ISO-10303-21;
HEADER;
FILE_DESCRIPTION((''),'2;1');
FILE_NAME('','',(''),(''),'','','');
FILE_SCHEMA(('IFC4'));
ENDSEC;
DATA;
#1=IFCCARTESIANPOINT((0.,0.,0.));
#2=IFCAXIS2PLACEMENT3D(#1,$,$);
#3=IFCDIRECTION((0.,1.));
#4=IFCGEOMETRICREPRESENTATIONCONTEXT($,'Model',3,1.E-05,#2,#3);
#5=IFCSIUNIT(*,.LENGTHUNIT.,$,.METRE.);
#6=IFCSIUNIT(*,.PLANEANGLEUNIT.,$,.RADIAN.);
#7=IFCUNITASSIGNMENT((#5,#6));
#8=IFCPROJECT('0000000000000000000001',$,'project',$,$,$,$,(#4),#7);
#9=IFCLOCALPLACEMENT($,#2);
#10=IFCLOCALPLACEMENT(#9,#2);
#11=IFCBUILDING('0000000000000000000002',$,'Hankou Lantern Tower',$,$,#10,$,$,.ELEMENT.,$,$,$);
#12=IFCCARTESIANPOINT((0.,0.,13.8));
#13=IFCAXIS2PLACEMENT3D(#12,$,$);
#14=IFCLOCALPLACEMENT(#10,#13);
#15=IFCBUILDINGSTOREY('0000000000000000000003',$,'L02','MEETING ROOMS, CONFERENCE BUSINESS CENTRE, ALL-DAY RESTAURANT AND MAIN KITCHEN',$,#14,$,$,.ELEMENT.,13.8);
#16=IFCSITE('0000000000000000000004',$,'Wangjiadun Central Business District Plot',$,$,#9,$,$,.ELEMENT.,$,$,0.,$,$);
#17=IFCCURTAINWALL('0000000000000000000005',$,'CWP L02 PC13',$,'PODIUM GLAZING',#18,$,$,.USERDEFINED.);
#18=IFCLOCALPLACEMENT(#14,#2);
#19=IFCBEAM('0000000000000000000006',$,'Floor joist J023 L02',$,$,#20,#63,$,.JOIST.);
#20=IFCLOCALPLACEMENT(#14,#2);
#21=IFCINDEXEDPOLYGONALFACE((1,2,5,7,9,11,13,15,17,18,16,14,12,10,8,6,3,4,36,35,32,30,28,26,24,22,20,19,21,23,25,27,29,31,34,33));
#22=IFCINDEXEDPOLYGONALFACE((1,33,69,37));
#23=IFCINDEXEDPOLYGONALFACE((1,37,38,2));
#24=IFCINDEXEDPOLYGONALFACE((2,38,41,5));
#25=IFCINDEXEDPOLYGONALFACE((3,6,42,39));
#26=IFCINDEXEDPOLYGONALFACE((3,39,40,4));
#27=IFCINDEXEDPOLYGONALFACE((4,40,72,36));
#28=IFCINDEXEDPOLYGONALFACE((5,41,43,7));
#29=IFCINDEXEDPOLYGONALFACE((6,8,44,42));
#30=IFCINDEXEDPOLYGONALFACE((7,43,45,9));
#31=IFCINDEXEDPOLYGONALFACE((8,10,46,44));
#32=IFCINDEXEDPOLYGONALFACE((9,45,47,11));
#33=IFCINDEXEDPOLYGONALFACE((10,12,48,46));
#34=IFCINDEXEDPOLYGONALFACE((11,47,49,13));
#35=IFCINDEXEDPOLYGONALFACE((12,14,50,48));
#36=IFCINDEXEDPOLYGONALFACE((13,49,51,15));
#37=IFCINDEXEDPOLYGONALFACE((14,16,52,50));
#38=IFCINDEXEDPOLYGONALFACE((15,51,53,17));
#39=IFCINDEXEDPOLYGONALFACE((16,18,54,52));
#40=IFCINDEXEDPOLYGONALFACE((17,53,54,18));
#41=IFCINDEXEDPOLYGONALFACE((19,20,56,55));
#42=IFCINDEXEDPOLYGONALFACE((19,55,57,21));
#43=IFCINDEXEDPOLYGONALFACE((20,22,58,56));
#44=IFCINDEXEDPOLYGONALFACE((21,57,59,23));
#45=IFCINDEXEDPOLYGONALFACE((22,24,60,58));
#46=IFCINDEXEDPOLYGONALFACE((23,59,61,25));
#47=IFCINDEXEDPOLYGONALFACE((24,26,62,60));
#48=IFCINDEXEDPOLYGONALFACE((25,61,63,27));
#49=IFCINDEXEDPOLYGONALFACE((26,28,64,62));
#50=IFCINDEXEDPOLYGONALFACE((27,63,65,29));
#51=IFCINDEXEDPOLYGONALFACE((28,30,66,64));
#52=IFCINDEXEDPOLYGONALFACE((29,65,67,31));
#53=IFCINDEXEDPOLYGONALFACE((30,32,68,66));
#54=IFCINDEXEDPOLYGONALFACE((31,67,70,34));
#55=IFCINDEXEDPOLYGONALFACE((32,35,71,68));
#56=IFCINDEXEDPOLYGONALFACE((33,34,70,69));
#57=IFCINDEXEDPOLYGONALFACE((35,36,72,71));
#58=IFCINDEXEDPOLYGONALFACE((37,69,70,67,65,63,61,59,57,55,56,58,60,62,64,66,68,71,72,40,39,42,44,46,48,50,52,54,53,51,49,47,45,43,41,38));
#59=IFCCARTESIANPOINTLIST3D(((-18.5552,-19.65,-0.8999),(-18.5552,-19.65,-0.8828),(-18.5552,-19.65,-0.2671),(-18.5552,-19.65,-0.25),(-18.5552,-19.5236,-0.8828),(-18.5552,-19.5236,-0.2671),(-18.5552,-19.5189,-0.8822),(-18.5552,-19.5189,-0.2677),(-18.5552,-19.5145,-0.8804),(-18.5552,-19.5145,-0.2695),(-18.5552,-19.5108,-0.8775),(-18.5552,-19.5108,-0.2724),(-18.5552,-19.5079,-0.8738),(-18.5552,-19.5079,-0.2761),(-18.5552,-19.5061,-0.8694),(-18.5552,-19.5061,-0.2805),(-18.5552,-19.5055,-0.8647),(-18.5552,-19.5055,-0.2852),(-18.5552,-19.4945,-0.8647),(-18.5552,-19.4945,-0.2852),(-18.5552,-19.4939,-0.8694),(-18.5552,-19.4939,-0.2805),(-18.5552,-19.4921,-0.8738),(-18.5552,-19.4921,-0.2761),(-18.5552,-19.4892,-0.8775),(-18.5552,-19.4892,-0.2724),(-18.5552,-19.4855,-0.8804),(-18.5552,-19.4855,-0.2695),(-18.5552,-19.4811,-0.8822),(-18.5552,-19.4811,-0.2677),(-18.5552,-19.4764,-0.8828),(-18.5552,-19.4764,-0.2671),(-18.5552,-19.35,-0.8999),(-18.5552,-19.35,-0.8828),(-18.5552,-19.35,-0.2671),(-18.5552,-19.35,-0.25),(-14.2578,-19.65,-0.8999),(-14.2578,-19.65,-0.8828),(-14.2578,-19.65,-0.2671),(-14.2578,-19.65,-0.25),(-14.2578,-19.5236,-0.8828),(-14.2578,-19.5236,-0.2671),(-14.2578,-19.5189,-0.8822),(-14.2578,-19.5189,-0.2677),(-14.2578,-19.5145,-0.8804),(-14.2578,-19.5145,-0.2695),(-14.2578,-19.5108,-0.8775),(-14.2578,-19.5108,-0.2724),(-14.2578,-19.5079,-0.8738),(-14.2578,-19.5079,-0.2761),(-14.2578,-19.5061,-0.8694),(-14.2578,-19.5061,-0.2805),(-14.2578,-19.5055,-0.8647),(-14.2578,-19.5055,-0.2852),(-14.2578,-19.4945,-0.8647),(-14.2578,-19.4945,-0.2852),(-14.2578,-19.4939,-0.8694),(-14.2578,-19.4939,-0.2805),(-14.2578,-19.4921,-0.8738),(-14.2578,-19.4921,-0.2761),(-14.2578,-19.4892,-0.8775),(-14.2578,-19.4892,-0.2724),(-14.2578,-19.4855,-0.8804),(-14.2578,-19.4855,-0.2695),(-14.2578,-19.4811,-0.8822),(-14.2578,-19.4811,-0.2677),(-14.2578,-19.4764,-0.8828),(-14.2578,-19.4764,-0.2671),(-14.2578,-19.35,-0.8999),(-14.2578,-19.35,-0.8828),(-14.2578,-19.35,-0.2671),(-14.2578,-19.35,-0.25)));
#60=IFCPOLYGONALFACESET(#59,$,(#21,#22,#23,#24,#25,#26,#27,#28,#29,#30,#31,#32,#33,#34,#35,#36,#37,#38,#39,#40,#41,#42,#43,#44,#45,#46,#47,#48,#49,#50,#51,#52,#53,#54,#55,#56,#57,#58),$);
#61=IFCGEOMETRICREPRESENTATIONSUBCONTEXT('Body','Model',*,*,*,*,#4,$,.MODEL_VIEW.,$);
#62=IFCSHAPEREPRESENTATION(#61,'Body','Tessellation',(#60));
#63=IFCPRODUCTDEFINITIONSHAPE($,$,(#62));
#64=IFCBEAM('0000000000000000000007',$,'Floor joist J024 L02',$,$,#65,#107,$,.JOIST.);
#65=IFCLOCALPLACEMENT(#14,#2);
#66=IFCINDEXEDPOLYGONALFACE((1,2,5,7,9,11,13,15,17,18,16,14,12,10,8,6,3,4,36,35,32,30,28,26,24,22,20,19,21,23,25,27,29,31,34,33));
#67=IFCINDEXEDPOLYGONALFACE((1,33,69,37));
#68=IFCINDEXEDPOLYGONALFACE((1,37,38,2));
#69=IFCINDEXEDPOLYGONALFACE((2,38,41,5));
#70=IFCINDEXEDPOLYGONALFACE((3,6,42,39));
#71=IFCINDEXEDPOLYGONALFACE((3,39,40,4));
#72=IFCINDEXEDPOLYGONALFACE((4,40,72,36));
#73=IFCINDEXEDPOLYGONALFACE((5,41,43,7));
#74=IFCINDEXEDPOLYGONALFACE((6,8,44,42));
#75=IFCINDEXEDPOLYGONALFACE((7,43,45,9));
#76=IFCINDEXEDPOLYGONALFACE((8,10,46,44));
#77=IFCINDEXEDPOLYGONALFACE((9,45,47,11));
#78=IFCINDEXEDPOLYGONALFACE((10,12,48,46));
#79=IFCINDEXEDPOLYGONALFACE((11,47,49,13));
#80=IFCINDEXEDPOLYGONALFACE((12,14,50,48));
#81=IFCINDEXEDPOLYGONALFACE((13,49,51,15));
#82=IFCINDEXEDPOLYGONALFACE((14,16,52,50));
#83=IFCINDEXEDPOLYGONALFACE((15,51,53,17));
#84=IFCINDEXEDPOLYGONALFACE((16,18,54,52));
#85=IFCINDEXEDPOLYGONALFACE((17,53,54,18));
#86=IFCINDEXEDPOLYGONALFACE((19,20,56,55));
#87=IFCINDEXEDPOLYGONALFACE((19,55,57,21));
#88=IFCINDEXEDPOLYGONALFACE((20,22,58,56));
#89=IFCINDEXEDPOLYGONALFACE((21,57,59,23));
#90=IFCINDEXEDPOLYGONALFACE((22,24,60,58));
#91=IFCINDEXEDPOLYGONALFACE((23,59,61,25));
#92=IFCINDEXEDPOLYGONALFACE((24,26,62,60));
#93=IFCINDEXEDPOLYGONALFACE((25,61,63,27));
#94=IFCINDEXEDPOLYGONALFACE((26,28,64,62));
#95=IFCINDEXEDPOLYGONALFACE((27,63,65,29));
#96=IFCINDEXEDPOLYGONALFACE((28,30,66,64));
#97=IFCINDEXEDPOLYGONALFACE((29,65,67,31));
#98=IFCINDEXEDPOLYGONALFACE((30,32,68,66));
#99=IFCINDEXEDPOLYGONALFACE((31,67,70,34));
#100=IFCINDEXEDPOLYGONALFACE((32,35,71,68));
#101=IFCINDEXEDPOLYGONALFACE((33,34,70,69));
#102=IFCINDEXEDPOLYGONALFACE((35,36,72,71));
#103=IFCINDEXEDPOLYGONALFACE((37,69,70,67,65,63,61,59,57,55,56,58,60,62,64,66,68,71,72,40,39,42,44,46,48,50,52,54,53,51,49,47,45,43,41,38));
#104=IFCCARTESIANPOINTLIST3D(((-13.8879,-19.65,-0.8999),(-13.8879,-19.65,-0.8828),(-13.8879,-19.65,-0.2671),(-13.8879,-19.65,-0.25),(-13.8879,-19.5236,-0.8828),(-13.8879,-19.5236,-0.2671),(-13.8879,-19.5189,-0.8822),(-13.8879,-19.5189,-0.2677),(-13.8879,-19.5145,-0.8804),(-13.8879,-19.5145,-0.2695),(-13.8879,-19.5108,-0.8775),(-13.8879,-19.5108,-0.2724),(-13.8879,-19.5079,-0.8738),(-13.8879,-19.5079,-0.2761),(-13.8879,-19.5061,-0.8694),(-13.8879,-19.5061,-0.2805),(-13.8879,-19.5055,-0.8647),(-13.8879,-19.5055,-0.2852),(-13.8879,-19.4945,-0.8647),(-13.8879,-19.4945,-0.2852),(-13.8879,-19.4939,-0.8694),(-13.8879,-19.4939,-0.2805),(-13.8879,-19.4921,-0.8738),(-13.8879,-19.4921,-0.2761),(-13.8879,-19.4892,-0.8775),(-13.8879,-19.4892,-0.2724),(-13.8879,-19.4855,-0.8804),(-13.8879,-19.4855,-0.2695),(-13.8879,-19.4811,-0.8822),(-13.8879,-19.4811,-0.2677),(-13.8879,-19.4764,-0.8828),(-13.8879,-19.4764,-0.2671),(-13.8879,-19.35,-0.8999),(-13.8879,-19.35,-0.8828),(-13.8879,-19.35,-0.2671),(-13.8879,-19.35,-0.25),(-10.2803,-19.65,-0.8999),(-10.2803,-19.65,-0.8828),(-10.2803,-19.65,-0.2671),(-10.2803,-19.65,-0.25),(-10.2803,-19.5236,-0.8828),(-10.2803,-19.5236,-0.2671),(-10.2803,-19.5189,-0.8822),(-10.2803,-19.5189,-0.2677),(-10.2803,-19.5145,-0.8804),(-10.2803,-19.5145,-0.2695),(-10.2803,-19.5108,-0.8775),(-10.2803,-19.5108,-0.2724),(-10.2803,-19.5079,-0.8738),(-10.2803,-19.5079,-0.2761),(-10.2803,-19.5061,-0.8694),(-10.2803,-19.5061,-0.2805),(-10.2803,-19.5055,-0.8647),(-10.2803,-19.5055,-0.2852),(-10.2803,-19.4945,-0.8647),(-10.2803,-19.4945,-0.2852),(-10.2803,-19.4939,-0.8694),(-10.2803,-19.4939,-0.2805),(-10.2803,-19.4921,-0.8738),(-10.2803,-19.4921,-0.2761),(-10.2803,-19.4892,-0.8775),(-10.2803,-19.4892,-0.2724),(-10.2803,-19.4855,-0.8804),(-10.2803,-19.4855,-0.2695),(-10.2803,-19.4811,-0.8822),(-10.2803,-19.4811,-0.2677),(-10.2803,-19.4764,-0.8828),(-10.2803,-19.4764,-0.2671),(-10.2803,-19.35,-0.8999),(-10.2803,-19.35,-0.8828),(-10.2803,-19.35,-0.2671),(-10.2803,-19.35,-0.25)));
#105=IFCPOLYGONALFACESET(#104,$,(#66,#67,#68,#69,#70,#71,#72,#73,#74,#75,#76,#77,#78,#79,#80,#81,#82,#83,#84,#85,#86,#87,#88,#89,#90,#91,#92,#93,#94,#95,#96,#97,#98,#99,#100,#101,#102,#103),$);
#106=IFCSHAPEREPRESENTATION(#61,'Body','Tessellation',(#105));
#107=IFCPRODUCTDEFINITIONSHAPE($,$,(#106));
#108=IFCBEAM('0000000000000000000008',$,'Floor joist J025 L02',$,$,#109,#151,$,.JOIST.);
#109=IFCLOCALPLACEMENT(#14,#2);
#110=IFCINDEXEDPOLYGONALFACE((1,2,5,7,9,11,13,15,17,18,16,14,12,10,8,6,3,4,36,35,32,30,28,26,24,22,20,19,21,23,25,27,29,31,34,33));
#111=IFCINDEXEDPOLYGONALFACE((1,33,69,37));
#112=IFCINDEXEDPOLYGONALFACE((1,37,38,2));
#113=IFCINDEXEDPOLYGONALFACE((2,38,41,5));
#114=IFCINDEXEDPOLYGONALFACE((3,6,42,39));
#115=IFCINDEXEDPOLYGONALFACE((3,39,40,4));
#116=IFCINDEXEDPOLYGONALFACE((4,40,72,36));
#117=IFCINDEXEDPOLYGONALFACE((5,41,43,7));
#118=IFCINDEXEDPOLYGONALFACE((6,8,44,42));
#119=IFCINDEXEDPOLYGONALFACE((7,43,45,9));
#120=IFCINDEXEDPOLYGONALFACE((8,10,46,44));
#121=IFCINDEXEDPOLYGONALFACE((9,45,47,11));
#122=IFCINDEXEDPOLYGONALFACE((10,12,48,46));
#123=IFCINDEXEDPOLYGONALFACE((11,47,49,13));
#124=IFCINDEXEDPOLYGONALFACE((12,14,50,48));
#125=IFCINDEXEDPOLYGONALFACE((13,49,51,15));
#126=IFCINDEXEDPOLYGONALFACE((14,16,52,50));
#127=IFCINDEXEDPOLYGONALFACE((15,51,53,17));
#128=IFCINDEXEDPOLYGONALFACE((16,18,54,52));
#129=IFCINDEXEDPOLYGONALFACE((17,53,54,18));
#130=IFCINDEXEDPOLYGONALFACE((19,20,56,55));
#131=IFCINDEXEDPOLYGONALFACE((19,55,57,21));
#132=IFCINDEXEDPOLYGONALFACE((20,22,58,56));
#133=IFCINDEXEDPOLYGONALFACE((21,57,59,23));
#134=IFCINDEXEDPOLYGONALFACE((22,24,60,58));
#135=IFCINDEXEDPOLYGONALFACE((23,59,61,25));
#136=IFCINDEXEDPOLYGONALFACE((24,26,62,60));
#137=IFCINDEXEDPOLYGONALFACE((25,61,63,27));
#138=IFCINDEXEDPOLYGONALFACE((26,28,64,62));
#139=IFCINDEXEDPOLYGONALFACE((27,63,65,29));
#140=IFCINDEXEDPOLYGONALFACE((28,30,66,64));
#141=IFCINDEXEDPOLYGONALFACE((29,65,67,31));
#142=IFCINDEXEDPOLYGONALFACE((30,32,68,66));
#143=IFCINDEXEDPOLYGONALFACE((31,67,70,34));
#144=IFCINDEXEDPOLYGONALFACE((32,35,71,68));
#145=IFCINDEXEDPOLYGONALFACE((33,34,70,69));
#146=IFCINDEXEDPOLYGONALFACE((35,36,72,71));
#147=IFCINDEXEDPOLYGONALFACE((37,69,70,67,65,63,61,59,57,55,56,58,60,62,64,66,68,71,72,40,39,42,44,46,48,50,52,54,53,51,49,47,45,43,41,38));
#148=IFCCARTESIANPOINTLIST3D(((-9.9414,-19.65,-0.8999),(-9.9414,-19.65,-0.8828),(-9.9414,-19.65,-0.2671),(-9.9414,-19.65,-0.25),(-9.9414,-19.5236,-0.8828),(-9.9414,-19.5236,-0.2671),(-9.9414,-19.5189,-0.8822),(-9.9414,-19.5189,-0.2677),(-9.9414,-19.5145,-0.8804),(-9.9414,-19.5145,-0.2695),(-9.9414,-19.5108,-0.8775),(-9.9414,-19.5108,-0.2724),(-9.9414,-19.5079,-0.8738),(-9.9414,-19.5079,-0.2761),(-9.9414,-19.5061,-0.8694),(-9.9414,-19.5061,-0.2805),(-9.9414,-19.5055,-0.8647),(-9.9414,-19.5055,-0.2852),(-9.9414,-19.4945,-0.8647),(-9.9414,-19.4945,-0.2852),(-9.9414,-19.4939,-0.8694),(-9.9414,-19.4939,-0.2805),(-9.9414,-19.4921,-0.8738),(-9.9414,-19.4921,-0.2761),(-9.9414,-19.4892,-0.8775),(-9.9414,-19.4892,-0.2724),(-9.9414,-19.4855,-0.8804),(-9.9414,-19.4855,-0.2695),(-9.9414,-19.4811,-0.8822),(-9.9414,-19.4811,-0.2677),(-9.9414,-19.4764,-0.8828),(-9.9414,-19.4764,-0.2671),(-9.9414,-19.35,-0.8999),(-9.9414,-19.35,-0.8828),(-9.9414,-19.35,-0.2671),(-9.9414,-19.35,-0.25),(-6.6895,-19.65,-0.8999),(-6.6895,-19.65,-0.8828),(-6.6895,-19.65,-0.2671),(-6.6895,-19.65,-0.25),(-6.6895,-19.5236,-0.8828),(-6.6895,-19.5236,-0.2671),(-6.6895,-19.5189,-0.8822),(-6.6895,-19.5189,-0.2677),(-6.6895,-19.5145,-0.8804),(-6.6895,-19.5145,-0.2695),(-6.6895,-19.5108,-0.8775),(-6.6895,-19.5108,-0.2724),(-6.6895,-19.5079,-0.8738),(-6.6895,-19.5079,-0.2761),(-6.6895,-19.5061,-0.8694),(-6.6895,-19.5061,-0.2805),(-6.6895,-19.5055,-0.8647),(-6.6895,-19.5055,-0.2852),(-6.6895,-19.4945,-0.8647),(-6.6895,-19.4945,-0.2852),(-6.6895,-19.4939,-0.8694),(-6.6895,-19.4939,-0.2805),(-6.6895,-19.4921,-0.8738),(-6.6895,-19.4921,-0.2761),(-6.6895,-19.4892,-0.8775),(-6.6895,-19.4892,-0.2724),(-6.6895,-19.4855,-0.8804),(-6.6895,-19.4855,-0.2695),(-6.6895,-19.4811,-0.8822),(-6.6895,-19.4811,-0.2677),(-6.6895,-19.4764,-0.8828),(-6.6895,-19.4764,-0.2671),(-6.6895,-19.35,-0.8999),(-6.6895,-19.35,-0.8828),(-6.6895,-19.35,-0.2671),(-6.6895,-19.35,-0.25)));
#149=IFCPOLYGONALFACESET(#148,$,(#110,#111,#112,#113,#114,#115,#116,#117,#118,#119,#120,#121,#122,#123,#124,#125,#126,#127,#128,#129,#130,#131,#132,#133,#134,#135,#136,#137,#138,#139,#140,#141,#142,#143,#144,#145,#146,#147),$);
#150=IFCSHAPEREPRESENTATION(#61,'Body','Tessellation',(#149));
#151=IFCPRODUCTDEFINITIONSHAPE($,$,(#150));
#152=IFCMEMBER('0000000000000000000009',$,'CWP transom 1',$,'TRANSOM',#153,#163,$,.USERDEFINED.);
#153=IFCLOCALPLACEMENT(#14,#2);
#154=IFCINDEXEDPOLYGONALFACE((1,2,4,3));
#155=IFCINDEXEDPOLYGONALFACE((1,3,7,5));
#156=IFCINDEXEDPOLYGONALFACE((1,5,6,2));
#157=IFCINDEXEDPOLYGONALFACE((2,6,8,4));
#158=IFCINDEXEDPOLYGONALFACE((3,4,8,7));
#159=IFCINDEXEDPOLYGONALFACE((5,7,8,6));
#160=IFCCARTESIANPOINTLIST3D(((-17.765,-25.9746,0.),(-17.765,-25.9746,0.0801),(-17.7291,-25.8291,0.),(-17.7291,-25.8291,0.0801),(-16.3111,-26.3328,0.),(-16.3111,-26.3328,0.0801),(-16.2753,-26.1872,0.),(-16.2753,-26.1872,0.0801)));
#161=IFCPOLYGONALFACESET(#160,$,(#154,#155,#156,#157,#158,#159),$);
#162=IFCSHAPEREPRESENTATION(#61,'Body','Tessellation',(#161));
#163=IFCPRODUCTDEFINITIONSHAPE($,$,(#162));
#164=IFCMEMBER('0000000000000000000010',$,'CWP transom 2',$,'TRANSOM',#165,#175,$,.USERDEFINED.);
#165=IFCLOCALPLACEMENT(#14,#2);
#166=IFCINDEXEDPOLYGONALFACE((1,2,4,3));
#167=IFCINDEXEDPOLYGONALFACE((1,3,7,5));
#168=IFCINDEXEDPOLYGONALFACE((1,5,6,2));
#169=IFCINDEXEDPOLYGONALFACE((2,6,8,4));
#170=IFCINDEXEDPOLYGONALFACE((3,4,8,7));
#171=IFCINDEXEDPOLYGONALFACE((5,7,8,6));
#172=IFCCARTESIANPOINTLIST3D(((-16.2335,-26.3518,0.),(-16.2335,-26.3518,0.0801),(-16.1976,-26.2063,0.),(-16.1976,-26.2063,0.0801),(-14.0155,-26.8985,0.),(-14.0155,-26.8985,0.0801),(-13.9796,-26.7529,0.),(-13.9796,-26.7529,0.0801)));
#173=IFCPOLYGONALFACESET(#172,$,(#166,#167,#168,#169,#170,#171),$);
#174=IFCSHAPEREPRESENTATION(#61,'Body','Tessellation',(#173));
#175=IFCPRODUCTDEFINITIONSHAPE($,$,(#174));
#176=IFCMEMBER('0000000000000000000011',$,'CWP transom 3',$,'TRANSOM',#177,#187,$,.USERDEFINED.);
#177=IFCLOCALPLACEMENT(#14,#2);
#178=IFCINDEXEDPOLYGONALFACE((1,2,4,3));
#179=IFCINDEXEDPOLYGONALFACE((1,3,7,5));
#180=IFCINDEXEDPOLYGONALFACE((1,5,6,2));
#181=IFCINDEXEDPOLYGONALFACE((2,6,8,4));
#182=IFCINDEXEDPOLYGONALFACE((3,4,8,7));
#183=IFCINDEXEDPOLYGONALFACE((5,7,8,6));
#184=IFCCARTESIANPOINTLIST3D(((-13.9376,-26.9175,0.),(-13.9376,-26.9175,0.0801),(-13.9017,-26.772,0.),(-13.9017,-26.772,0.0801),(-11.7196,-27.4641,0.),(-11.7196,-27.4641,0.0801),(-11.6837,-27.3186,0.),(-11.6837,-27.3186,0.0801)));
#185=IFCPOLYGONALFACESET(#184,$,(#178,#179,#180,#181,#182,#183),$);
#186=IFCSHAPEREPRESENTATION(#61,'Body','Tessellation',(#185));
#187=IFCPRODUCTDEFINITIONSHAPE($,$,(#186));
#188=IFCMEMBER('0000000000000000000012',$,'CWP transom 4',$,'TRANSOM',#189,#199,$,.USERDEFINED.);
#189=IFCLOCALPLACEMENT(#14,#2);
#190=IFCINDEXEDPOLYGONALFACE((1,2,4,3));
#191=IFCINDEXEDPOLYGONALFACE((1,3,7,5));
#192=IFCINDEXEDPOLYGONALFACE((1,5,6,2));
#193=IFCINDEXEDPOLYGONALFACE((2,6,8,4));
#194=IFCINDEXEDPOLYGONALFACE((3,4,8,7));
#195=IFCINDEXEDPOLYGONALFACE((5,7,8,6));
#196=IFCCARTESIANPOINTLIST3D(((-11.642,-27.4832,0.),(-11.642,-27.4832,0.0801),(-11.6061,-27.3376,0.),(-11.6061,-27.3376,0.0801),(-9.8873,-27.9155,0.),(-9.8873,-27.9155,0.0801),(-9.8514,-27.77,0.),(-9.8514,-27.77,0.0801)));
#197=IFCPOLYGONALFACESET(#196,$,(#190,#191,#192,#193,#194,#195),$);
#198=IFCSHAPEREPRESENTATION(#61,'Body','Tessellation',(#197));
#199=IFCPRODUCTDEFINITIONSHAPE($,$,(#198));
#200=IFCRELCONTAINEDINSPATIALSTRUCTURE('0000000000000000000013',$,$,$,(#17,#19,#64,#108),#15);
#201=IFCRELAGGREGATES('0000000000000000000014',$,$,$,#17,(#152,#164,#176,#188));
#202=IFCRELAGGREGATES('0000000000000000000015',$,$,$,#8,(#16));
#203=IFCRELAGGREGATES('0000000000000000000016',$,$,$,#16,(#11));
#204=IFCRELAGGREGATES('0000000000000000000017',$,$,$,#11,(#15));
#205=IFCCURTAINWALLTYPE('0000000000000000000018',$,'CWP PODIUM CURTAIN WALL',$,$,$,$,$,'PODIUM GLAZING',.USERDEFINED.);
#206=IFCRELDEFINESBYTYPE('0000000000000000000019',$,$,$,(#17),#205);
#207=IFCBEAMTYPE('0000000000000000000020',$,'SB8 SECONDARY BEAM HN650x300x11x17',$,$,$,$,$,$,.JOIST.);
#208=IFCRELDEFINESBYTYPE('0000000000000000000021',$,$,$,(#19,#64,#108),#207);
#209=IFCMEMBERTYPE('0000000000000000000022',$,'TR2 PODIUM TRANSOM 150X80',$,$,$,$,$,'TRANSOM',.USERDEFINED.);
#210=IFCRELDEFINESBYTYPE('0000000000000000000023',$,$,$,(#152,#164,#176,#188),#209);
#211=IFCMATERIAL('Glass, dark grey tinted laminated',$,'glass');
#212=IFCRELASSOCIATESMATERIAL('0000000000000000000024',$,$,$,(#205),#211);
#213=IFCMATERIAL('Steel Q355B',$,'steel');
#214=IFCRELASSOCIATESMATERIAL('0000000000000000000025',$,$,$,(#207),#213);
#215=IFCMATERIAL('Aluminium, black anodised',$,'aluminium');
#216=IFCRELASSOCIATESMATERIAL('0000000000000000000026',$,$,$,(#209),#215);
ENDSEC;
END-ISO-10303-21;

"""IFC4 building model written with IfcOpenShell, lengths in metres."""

from ifc_helpers import new_model, si_unit, direction, frame, origin, origin_2d, place, context, subcontext, project, spatial, rectangle, i_section, extrude, material, material_profile, profile_set, type_object, element, aggregate, save


model = new_model("IFC4")

# Units and contexts
model_context = context("Model", 3, precision=1e-05, world=origin(), true_north=direction((0.0, 1.0)))
body_context = subcontext(model_context, "Body", "Model", "MODEL_VIEW")
ifc_project = project(units=[si_unit("LENGTHUNIT", "METRE"), si_unit("PLANEANGLEUNIT", "RADIAN")], contexts=[model_context])

# Site, building, storey
site_placement = place(None, origin())
site = spatial("IfcSite", under=ifc_project, at=site_placement, Name="Wangjiadun Central Business District Plot", CompositionType="ELEMENT", RefElevation=0.0)
building_placement = place(site_placement, origin())
building = spatial("IfcBuilding", under=site, at=building_placement, Name="Hankou Lantern Tower", CompositionType="ELEMENT")
storey_placement = place(building_placement, frame((0.0, 0.0, 13.8)))
storey = spatial("IfcBuildingStorey", under=building, at=storey_placement, Name="L02", Description="MEETING ROOMS, CONFERENCE BUSINESS CENTRE, ALL-DAY RESTAURANT AND MAIN KITCHEN", CompositionType="ELEMENT", Elevation=13.8)

# Shared definitions
ifc_material_1 = material(Name="Glass, dark grey tinted laminated", Category="glass")
curtain_wall_type = type_object("IfcCurtainWallType", Name="CWP PODIUM CURTAIN WALL", ElementType="PODIUM GLAZING", PredefinedType="USERDEFINED", material=ifc_material_1)

# Curtain wall
curtain_wall_1_placement = place(storey_placement, origin())
curtain_wall_1 = element("IfcCurtainWall", 1, at=curtain_wall_1_placement, inside=storey, type_object=curtain_wall_type, Name="CWP L02 PC13", ObjectType="PODIUM GLAZING", PredefinedType="USERDEFINED")

# Beams
ifc_material_2 = material(Name="Steel Q355B", Category="steel")
ifc_material_profile_1 = material_profile(ifc_material_2, i_section(OverallWidth=0.3, OverallDepth=0.6499, WebThickness=0.011, FlangeThickness=0.0171, FilletRadius=0.0181, at=origin_2d()), Name="HN650x300x11x17")
ifc_profile_set_1 = profile_set([ifc_material_profile_1], Name="Steel Q355B")
beam_type_1 = type_object("IfcBeamType", Name="SB8 SECONDARY BEAM HN650x300x11x17", PredefinedType="JOIST", material=ifc_profile_set_1)
beam_1_placement = place(storey_placement, frame((-18.5552, -19.5, -0.575), z_axis=(1.0, 0.0, 0.0), x_axis=(0.0, 1.0, 0.0)))
element("IfcBeam", 2, at=beam_1_placement, inside=storey, type_object=beam_type_1, Name="Floor joist J023 L02", PredefinedType="JOIST", context=body_context, shape_type="SweptSolid", body=[
    extrude(i_section(OverallWidth=0.3, OverallDepth=0.6499, WebThickness=0.011, FlangeThickness=0.0171, FilletRadius=0.0181, at=origin_2d()), origin(), (0.0, 0.0, 1.0), 4.2974),
])
beam_2_placement = place(storey_placement, frame((-13.8879, -19.5, -0.575), z_axis=(1.0, 0.0, 0.0), x_axis=(0.0, 1.0, 0.0)))
element("IfcBeam", 3, at=beam_2_placement, inside=storey, type_object=beam_type_1, Name="Floor joist J024 L02", PredefinedType="JOIST", context=body_context, shape_type="SweptSolid", body=[
    extrude(i_section(OverallWidth=0.3, OverallDepth=0.6499, WebThickness=0.011, FlangeThickness=0.0171, FilletRadius=0.0181, at=origin_2d()), origin(), (0.0, 0.0, 1.0), 3.6077),
])
beam_3_placement = place(storey_placement, frame((-9.9414, -19.5, -0.575), z_axis=(1.0, 0.0, 0.0), x_axis=(0.0, 1.0, 0.0)))
element("IfcBeam", 4, at=beam_3_placement, inside=storey, type_object=beam_type_1, Name="Floor joist J025 L02", PredefinedType="JOIST", context=body_context, shape_type="SweptSolid", body=[
    extrude(i_section(OverallWidth=0.3, OverallDepth=0.6499, WebThickness=0.011, FlangeThickness=0.0171, FilletRadius=0.0181, at=origin_2d()), origin(), (0.0, 0.0, 1.0), 3.252),
])

# Members
ifc_material_3 = material(Name="Aluminium, black anodised", Category="aluminium")
ifc_material_profile_2 = material_profile(ifc_material_3, rectangle(XDim=0.1499, YDim=0.0801, at=origin_2d()), Name="TR2 150X80")
ifc_profile_set_2 = profile_set([ifc_material_profile_2], Name="Aluminium, black anodised")
member_type_1 = type_object("IfcMemberType", Name="TR2 PODIUM TRANSOM 150X80", ElementType="TRANSOM", PredefinedType="USERDEFINED", material=ifc_profile_set_2)
member_1_placement = place(storey_placement, frame((-17.7471, -25.9019, 0.04), z_axis=(0.970971, -0.239196, 0.0), x_axis=(0.239196, 0.970971, 0.0)))
member_1 = element("IfcMember", 5, at=member_1_placement, type_object=member_type_1, Name="CWP transom 1", ObjectType="TRANSOM", PredefinedType="USERDEFINED", context=body_context, shape_type="SweptSolid", body=[
    extrude(rectangle(XDim=0.1499, YDim=0.0801, at=origin_2d()), origin(), (0.0, 0.0, 1.0), 1.4973),
])
member_2_placement = place(storey_placement, frame((-16.2156, -26.2791, 0.04), z_axis=(0.970948, -0.23929, 0.0), x_axis=(0.23929, 0.970948, 0.0)))
member_2 = element("IfcMember", 6, at=member_2_placement, type_object=member_type_1, Name="CWP transom 2", ObjectType="TRANSOM", PredefinedType="USERDEFINED", context=body_context, shape_type="SweptSolid", body=[
    extrude(rectangle(XDim=0.1499, YDim=0.0801, at=origin_2d()), origin(), (0.0, 0.0, 1.0), 2.2844),
])
member_3_placement = place(storey_placement, frame((-13.9197, -26.8447, 0.04), z_axis=(0.970948, -0.23929, 0.0), x_axis=(0.23929, 0.970948, 0.0)))
member_3 = element("IfcMember", 7, at=member_3_placement, type_object=member_type_1, Name="CWP transom 3", ObjectType="TRANSOM", PredefinedType="USERDEFINED", context=body_context, shape_type="SweptSolid", body=[
    extrude(rectangle(XDim=0.1499, YDim=0.0801, at=origin_2d()), origin(), (0.0, 0.0, 1.0), 2.2844),
])
member_4_placement = place(storey_placement, frame((-11.624, -27.4104, 0.04), z_axis=(0.970956, -0.23926, 0.0), x_axis=(0.23926, 0.970956, 0.0)))
member_4 = element("IfcMember", 8, at=member_4_placement, type_object=member_type_1, Name="CWP transom 4", ObjectType="TRANSOM", PredefinedType="USERDEFINED", context=body_context, shape_type="SweptSolid", body=[
    extrude(rectangle(XDim=0.1499, YDim=0.0801, at=origin_2d()), origin(), (0.0, 0.0, 1.0), 1.8071),
])

aggregate(curtain_wall_1, [member_1, member_2, member_3, member_4])

save(model, "model.ifc")
